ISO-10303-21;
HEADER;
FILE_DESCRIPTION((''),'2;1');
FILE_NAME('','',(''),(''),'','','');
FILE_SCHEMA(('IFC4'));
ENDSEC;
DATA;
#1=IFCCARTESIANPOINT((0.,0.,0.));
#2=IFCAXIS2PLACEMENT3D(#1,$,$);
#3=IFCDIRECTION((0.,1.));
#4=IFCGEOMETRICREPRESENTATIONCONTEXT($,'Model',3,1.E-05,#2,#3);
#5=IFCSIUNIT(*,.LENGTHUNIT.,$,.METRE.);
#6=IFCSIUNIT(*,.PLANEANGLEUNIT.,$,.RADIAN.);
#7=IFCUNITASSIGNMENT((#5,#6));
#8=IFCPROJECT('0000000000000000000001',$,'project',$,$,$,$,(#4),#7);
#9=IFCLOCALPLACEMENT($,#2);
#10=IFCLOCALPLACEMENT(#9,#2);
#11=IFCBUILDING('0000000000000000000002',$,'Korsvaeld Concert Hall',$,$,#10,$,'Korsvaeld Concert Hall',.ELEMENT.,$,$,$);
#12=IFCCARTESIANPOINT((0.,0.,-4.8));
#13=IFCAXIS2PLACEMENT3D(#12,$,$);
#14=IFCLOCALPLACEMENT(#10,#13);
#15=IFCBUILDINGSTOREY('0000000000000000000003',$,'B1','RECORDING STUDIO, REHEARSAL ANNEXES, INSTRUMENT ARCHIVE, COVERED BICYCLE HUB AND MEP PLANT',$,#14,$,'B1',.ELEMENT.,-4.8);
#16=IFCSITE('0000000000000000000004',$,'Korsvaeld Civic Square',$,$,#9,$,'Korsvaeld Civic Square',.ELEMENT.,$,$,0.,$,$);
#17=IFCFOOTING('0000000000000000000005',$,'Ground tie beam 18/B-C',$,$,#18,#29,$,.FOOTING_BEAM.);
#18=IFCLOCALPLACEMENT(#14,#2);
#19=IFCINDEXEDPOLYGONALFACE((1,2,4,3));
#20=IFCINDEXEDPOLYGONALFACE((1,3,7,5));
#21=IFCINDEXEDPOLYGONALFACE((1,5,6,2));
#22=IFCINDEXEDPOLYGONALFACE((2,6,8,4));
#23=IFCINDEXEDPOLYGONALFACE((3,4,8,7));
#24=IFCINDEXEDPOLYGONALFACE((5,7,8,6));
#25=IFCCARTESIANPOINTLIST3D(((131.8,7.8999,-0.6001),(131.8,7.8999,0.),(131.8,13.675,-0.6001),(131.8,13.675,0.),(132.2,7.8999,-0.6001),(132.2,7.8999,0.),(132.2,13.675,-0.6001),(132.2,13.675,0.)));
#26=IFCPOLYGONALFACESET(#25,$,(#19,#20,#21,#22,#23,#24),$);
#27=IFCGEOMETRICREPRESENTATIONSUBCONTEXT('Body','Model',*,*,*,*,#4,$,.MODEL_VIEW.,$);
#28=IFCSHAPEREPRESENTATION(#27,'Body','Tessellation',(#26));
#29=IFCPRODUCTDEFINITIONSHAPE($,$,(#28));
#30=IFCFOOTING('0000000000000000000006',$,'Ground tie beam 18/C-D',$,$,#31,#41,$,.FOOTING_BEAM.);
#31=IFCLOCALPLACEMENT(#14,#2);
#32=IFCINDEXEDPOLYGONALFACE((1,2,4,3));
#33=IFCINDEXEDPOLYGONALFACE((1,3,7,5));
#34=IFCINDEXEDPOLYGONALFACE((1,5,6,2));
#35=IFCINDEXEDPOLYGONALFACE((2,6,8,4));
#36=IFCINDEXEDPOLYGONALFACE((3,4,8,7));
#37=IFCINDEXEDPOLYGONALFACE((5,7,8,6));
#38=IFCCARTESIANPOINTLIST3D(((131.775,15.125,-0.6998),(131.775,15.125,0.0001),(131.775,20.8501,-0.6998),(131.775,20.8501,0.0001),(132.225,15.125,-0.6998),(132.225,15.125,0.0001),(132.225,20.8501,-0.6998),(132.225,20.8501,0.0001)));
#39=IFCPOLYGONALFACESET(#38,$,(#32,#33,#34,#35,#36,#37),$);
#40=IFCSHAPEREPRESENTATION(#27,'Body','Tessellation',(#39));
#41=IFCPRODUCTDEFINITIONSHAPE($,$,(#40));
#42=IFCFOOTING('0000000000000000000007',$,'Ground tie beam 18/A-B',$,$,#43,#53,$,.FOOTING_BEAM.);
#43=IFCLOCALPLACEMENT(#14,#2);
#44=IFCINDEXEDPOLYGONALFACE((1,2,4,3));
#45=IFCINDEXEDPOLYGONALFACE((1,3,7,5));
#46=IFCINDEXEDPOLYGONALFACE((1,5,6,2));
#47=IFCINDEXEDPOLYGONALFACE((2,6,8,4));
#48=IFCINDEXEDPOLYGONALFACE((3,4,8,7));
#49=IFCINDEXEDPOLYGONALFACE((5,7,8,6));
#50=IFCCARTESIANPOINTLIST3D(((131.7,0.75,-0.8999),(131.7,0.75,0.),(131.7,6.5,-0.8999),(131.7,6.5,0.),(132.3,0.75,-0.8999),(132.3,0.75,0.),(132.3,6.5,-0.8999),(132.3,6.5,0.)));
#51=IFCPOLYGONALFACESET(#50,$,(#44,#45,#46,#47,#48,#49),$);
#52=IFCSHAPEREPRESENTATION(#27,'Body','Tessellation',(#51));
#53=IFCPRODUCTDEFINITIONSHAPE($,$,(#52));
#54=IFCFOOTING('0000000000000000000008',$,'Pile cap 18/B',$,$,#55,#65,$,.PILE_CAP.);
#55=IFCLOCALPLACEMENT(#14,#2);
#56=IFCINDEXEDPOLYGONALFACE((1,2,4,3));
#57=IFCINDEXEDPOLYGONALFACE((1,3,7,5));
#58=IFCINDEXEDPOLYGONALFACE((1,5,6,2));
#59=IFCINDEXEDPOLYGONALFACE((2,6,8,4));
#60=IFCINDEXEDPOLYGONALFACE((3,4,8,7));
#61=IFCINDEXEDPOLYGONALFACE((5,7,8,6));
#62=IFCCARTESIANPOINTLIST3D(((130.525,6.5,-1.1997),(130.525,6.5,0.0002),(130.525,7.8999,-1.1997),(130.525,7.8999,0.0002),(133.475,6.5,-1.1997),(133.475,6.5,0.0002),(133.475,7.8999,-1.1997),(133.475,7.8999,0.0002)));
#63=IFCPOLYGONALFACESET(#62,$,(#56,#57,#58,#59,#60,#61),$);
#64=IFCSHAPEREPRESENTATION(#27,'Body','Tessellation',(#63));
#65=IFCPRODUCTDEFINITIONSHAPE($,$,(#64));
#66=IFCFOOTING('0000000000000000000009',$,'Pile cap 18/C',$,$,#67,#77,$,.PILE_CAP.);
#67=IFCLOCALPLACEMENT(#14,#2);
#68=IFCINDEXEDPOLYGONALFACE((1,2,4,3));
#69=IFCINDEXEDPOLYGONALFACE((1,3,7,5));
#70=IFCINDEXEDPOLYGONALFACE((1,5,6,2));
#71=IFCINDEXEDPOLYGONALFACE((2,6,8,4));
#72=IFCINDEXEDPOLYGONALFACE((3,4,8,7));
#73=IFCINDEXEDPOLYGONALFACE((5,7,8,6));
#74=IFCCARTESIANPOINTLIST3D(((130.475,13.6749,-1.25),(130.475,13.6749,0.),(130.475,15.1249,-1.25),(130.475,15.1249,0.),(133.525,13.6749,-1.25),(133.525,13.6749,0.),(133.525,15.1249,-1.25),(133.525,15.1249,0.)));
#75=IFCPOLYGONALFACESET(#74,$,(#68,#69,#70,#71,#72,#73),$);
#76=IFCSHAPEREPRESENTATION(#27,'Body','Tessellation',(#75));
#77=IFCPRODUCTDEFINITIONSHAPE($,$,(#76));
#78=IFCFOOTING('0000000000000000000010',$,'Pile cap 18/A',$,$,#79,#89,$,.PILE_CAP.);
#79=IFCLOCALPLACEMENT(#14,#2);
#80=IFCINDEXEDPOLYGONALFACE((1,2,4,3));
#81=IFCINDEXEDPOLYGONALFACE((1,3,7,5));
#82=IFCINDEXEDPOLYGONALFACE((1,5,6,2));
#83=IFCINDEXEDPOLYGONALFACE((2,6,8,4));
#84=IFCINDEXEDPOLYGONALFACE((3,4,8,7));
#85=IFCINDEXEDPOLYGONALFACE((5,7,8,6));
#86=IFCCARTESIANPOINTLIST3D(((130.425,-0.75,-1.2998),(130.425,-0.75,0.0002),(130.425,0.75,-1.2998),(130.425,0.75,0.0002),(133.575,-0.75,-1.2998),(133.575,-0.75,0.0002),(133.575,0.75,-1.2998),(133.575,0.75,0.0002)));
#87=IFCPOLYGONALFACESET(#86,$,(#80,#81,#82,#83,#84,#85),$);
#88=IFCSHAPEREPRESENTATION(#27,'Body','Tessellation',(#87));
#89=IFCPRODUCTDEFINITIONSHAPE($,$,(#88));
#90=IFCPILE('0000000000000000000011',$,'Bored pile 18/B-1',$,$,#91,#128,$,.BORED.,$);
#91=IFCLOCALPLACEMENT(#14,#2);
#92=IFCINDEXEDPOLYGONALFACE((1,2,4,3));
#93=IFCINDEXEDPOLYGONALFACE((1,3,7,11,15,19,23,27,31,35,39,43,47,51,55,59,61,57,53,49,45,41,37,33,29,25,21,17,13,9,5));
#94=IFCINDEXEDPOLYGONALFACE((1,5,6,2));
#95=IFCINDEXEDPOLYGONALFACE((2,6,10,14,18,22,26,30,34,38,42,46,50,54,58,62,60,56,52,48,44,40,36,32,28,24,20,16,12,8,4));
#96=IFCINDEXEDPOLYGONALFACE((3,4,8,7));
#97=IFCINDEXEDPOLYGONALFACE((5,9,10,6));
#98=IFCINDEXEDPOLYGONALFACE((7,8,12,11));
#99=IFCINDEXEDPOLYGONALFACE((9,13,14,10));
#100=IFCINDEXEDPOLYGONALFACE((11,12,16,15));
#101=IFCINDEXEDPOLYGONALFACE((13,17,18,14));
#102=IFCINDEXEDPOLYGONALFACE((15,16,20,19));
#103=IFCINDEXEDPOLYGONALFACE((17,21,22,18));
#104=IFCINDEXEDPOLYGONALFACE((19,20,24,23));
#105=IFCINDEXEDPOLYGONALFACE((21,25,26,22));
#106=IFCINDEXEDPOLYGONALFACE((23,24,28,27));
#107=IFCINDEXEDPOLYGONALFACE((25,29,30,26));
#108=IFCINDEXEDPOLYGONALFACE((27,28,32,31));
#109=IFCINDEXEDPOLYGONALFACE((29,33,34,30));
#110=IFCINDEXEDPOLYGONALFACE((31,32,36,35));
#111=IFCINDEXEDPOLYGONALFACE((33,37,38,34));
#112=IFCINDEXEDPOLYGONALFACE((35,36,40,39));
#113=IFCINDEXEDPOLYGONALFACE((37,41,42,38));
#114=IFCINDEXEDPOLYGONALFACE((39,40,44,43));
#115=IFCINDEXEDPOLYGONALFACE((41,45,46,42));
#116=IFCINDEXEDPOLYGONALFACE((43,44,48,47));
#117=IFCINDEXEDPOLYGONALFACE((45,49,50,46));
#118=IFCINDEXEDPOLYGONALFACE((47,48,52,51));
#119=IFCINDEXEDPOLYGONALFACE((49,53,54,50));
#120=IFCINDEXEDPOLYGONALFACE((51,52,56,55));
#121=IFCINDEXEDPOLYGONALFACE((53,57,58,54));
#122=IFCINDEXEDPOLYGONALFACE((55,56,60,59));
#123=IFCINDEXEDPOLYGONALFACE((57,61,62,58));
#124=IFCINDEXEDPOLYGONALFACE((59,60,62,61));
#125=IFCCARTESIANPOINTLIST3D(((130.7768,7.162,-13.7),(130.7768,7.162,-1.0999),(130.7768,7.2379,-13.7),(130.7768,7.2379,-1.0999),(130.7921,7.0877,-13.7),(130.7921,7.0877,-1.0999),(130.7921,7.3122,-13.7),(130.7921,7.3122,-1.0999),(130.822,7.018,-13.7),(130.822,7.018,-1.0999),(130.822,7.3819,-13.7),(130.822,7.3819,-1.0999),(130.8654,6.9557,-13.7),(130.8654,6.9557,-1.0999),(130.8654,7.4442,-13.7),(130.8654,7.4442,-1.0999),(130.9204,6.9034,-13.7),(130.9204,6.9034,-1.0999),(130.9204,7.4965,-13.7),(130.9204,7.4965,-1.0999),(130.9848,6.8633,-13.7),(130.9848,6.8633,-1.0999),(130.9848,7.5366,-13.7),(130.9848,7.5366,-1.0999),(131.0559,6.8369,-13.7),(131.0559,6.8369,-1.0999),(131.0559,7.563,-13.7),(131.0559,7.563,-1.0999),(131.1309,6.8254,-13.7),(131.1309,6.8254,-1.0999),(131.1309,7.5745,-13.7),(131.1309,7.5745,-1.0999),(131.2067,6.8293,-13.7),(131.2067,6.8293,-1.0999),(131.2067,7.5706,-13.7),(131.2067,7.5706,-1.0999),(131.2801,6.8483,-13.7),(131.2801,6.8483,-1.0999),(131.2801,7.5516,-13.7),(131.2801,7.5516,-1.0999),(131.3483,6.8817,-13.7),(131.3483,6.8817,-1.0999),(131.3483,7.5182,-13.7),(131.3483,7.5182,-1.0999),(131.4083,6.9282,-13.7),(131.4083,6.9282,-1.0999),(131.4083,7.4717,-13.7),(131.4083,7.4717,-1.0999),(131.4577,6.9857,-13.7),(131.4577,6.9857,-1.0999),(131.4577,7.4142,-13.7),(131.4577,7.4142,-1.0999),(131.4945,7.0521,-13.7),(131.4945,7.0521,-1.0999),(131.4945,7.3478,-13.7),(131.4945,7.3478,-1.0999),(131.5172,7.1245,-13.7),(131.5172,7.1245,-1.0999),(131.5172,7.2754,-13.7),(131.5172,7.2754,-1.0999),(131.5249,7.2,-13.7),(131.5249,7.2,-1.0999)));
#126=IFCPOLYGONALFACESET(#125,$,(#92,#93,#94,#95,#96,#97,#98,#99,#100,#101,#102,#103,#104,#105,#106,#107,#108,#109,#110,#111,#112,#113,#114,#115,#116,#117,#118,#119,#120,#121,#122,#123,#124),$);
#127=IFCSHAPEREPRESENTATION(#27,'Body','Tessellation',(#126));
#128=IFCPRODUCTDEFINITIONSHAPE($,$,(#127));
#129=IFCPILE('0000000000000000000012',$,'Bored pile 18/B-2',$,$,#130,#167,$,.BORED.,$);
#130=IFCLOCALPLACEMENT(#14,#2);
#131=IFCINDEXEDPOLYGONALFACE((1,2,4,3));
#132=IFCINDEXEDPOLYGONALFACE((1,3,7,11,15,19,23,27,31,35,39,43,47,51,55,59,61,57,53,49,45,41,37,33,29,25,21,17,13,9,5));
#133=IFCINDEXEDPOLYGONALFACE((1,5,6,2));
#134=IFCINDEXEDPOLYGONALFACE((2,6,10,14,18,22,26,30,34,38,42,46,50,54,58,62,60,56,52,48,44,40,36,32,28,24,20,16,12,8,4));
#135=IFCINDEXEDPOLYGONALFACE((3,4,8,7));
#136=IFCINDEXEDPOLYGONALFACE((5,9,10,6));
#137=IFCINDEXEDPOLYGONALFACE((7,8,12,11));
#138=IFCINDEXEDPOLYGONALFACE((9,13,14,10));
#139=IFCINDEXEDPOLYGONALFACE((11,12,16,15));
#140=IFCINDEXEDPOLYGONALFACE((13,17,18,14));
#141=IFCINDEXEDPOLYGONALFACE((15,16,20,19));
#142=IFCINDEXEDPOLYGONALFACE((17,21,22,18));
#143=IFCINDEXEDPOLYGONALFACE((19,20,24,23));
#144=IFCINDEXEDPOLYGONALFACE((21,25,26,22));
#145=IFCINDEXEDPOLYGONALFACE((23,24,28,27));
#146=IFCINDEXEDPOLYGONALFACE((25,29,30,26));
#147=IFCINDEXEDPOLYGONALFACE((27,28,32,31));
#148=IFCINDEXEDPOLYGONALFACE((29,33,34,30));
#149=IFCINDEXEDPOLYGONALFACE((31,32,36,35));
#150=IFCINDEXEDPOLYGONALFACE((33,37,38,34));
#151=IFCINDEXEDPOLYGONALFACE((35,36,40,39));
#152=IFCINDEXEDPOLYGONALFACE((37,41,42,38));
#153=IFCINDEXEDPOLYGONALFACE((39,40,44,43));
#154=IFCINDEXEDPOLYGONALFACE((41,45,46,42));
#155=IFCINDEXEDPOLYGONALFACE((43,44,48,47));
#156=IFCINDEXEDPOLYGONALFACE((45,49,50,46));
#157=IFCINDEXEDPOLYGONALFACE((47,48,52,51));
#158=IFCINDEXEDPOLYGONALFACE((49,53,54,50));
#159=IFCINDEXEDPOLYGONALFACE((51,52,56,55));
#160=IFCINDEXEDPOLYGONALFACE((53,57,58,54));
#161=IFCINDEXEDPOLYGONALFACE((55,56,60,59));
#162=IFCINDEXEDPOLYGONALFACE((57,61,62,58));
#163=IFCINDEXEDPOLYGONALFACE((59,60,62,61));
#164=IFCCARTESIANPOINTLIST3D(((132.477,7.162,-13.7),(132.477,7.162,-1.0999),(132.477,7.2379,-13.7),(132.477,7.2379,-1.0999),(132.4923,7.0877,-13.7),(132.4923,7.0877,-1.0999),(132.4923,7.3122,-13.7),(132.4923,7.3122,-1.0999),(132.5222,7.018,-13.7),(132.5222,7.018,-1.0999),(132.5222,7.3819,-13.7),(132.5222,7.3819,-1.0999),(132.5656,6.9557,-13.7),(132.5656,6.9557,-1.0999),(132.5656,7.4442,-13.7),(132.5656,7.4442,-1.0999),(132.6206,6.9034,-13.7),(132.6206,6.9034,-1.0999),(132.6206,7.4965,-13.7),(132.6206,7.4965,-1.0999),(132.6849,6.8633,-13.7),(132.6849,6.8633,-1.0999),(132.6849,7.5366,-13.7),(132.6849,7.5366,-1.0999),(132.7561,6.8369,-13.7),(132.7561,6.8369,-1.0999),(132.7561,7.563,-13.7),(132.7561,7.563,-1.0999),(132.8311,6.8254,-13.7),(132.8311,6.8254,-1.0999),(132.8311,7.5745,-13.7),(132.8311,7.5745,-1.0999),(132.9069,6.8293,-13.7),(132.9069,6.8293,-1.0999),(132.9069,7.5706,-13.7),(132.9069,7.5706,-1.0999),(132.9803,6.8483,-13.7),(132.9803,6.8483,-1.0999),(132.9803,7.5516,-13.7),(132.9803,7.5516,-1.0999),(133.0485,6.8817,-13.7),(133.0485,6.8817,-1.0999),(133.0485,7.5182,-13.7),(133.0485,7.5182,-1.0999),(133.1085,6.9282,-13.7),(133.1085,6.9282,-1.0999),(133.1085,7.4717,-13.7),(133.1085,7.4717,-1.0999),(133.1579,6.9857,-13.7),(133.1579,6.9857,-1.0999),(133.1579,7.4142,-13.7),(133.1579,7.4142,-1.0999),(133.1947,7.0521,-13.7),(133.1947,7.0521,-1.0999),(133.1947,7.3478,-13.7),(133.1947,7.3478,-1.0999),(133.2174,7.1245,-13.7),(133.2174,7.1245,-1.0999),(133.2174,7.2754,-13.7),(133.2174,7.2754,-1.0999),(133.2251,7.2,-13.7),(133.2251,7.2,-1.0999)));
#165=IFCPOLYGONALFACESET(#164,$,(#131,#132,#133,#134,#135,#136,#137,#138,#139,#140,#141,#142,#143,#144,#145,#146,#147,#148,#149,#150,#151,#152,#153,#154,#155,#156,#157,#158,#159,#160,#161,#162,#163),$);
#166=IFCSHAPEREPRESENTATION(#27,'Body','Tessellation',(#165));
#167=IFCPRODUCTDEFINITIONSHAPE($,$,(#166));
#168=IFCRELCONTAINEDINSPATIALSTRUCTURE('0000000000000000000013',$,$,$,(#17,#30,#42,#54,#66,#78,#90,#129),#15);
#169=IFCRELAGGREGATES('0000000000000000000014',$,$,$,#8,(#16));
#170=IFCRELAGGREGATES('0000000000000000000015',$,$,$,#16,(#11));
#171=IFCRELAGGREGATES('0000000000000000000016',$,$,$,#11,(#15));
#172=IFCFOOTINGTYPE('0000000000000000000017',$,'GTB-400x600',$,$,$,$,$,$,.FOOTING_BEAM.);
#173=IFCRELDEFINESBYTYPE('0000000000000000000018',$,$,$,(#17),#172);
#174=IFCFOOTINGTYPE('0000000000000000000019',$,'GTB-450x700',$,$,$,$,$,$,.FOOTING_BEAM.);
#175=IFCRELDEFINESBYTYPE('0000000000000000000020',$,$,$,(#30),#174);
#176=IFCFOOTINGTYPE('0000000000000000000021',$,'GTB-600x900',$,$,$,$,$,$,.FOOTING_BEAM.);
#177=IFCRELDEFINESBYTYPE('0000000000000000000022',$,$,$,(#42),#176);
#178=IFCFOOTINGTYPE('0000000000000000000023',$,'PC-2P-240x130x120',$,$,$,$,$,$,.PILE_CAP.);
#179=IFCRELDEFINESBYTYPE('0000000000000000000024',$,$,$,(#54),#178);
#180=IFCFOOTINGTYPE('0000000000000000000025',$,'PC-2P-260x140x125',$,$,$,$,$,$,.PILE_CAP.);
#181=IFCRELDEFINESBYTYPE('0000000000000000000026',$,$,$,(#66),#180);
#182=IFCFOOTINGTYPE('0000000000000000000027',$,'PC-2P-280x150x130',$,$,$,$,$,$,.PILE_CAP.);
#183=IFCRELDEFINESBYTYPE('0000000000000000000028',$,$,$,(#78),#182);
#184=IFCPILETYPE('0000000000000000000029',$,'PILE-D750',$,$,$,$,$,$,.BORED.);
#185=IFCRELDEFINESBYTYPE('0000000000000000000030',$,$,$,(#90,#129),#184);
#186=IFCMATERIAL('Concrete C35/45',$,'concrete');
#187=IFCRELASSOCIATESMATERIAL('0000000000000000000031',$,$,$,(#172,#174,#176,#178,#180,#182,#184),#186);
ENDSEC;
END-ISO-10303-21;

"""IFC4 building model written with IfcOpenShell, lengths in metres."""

from ifc_helpers import new_model, si_unit, direction, frame, origin, origin_2d, place, context, subcontext, project, spatial, rectangle, circle, extrude, material, material_profile, profile_set, type_object, element, save


model = new_model("IFC4")

# Units and contexts
model_context = context("Model", 3, precision=1e-05, world=origin(), true_north=direction((0.0, 1.0)))
body_context = subcontext(model_context, "Body", "Model", "MODEL_VIEW")
ifc_project = project(units=[si_unit("LENGTHUNIT", "METRE"), si_unit("PLANEANGLEUNIT", "RADIAN")], contexts=[model_context])

# Site, building, storey
site_placement = place(None, origin())
site = spatial("IfcSite", under=ifc_project, at=site_placement, Name="Korsvaeld Civic Square", LongName="Korsvaeld Civic Square", CompositionType="ELEMENT", RefElevation=0.0)
building_placement = place(site_placement, origin())
building = spatial("IfcBuilding", under=site, at=building_placement, Name="Korsvaeld Concert Hall", LongName="Korsvaeld Concert Hall", CompositionType="ELEMENT")
storey_placement = place(building_placement, frame((0.0, 0.0, -4.8)))
storey = spatial("IfcBuildingStorey", under=building, at=storey_placement, Name="B1", Description="RECORDING STUDIO, REHEARSAL ANNEXES, INSTRUMENT ARCHIVE, COVERED BICYCLE HUB AND MEP PLANT", LongName="B1", CompositionType="ELEMENT", Elevation=-4.8)

# Footings
ifc_material_1 = material(Name="Concrete C35/45", Category="concrete")
ifc_material_profile_1 = material_profile(ifc_material_1, rectangle(XDim=0.3999, YDim=0.6001, at=origin_2d()), Name="GTB 400x600")
ifc_profile_set_1 = profile_set([ifc_material_profile_1], Name="Concrete C35/45")
footing_type_1 = type_object("IfcFootingType", Name="GTB-400x600", PredefinedType="FOOTING_BEAM", material=ifc_profile_set_1)
footing_1_placement = place(storey_placement, frame((132.0, 7.8999, -0.3), z_axis=(0.0, 1.0, 0.0), x_axis=(-1.0, 0.0, 0.0)))
element("IfcFooting", 1, at=footing_1_placement, inside=storey, type_object=footing_type_1, Name="Ground tie beam 18/B-C", PredefinedType="FOOTING_BEAM", context=body_context, shape_type="SweptSolid", body=[
    extrude(rectangle(XDim=0.3999, YDim=0.6001, at=origin_2d()), origin(), (0.0, 0.0, 1.0), 5.7751),
])
ifc_material_profile_2 = material_profile(ifc_material_1, rectangle(XDim=0.45, YDim=0.7, at=origin_2d()), Name="GTB 450x700")
ifc_profile_set_2 = profile_set([ifc_material_profile_2], Name="Concrete C35/45")
footing_type_2 = type_object("IfcFootingType", Name="GTB-450x700", PredefinedType="FOOTING_BEAM", material=ifc_profile_set_2)
footing_2_placement = place(storey_placement, frame((132.0, 15.125, -0.3499), z_axis=(0.0, 1.0, 0.0), x_axis=(-1.0, 0.0, 0.0)))
element("IfcFooting", 2, at=footing_2_placement, inside=storey, type_object=footing_type_2, Name="Ground tie beam 18/C-D", PredefinedType="FOOTING_BEAM", context=body_context, shape_type="SweptSolid", body=[
    extrude(rectangle(XDim=0.45, YDim=0.7, at=origin_2d()), origin(), (0.0, 0.0, 1.0), 5.7251),
])
ifc_material_profile_3 = material_profile(ifc_material_1, rectangle(XDim=0.6001, YDim=0.8999, at=origin_2d()), Name="GTB 600x900")
ifc_profile_set_3 = profile_set([ifc_material_profile_3], Name="Concrete C35/45")
footing_type_3 = type_object("IfcFootingType", Name="GTB-600x900", PredefinedType="FOOTING_BEAM", material=ifc_profile_set_3)
footing_3_placement = place(storey_placement, frame((132.0, 0.75, -0.45), z_axis=(0.0, 1.0, 0.0), x_axis=(-1.0, 0.0, 0.0)))
element("IfcFooting", 3, at=footing_3_placement, inside=storey, type_object=footing_type_3, Name="Ground tie beam 18/A-B", PredefinedType="FOOTING_BEAM", context=body_context, shape_type="SweptSolid", body=[
    extrude(rectangle(XDim=0.6001, YDim=0.8999, at=origin_2d()), origin(), (0.0, 0.0, 1.0), 5.75),
])
footing_type_4 = type_object("IfcFootingType", Name="PC-2P-240x130x120", PredefinedType="PILE_CAP", material=ifc_material_1)
footing_4_placement = place(storey_placement, frame((132.0, 7.2, -1.1997), z_axis=(0.0, 0.0, 1.0), x_axis=(1.0, 0.0, 0.0)))
element("IfcFooting", 4, at=footing_4_placement, inside=storey, type_object=footing_type_4, Name="Pile cap 18/B", PredefinedType="PILE_CAP", context=body_context, shape_type="SweptSolid", body=[
    extrude(rectangle(XDim=2.95, YDim=1.3999, at=origin_2d()), origin(), (0.0, 0.0, 1.0), 1.2),
])
footing_type_5 = type_object("IfcFootingType", Name="PC-2P-260x140x125", PredefinedType="PILE_CAP", material=ifc_material_1)
footing_5_placement = place(storey_placement, frame((132.0, 14.3999, -1.25), z_axis=(0.0, 0.0, 1.0), x_axis=(1.0, 0.0, 0.0)))
element("IfcFooting", 5, at=footing_5_placement, inside=storey, type_object=footing_type_5, Name="Pile cap 18/C", PredefinedType="PILE_CAP", context=body_context, shape_type="SweptSolid", body=[
    extrude(rectangle(XDim=3.05, YDim=1.45, at=origin_2d()), origin(), (0.0, 0.0, 1.0), 1.25),
])
footing_type_6 = type_object("IfcFootingType", Name="PC-2P-280x150x130", PredefinedType="PILE_CAP", material=ifc_material_1)
footing_6_placement = place(storey_placement, frame((132.0, 0.0, -1.2998), z_axis=(0.0, 0.0, 1.0), x_axis=(1.0, 0.0, 0.0)))
element("IfcFooting", 6, at=footing_6_placement, inside=storey, type_object=footing_type_6, Name="Pile cap 18/A", PredefinedType="PILE_CAP", context=body_context, shape_type="SweptSolid", body=[
    extrude(rectangle(XDim=3.1499, YDim=1.5, at=origin_2d()), origin(), (0.0, 0.0, 1.0), 1.3),
])

# Piles
ifc_material_profile_4 = material_profile(ifc_material_1, circle(Radius=0.375, at=origin_2d()), Name="BORED PILE D750")
ifc_profile_set_4 = profile_set([ifc_material_profile_4], Name="Concrete C35/45")
pile_type_1 = type_object("IfcPileType", Name="PILE-D750", PredefinedType="BORED", material=ifc_profile_set_4)
for number, where, z_axis, x_axis, name in (
    (7, (131.1499, 7.2, -1.0999), (0.0, 0.0, -1.0), (1.0, 0.0, 0.0), "Bored pile 18/B-1"),
    (8, (132.8501, 7.2, -1.0999), (0.0, 0.0, -1.0), (1.0, 0.0, 0.0), "Bored pile 18/B-2"),
):
    element("IfcPile", number, at=place(storey_placement, frame(where, z_axis=z_axis, x_axis=x_axis)), inside=storey, type_object=pile_type_1, Name=name, PredefinedType="BORED", context=body_context, shape_type="SweptSolid", body=[
        extrude(circle(Radius=0.375, at=origin_2d()), origin(), (0.0, 0.0, 1.0), 12.6001),
    ])

save(model, "model.ifc")
